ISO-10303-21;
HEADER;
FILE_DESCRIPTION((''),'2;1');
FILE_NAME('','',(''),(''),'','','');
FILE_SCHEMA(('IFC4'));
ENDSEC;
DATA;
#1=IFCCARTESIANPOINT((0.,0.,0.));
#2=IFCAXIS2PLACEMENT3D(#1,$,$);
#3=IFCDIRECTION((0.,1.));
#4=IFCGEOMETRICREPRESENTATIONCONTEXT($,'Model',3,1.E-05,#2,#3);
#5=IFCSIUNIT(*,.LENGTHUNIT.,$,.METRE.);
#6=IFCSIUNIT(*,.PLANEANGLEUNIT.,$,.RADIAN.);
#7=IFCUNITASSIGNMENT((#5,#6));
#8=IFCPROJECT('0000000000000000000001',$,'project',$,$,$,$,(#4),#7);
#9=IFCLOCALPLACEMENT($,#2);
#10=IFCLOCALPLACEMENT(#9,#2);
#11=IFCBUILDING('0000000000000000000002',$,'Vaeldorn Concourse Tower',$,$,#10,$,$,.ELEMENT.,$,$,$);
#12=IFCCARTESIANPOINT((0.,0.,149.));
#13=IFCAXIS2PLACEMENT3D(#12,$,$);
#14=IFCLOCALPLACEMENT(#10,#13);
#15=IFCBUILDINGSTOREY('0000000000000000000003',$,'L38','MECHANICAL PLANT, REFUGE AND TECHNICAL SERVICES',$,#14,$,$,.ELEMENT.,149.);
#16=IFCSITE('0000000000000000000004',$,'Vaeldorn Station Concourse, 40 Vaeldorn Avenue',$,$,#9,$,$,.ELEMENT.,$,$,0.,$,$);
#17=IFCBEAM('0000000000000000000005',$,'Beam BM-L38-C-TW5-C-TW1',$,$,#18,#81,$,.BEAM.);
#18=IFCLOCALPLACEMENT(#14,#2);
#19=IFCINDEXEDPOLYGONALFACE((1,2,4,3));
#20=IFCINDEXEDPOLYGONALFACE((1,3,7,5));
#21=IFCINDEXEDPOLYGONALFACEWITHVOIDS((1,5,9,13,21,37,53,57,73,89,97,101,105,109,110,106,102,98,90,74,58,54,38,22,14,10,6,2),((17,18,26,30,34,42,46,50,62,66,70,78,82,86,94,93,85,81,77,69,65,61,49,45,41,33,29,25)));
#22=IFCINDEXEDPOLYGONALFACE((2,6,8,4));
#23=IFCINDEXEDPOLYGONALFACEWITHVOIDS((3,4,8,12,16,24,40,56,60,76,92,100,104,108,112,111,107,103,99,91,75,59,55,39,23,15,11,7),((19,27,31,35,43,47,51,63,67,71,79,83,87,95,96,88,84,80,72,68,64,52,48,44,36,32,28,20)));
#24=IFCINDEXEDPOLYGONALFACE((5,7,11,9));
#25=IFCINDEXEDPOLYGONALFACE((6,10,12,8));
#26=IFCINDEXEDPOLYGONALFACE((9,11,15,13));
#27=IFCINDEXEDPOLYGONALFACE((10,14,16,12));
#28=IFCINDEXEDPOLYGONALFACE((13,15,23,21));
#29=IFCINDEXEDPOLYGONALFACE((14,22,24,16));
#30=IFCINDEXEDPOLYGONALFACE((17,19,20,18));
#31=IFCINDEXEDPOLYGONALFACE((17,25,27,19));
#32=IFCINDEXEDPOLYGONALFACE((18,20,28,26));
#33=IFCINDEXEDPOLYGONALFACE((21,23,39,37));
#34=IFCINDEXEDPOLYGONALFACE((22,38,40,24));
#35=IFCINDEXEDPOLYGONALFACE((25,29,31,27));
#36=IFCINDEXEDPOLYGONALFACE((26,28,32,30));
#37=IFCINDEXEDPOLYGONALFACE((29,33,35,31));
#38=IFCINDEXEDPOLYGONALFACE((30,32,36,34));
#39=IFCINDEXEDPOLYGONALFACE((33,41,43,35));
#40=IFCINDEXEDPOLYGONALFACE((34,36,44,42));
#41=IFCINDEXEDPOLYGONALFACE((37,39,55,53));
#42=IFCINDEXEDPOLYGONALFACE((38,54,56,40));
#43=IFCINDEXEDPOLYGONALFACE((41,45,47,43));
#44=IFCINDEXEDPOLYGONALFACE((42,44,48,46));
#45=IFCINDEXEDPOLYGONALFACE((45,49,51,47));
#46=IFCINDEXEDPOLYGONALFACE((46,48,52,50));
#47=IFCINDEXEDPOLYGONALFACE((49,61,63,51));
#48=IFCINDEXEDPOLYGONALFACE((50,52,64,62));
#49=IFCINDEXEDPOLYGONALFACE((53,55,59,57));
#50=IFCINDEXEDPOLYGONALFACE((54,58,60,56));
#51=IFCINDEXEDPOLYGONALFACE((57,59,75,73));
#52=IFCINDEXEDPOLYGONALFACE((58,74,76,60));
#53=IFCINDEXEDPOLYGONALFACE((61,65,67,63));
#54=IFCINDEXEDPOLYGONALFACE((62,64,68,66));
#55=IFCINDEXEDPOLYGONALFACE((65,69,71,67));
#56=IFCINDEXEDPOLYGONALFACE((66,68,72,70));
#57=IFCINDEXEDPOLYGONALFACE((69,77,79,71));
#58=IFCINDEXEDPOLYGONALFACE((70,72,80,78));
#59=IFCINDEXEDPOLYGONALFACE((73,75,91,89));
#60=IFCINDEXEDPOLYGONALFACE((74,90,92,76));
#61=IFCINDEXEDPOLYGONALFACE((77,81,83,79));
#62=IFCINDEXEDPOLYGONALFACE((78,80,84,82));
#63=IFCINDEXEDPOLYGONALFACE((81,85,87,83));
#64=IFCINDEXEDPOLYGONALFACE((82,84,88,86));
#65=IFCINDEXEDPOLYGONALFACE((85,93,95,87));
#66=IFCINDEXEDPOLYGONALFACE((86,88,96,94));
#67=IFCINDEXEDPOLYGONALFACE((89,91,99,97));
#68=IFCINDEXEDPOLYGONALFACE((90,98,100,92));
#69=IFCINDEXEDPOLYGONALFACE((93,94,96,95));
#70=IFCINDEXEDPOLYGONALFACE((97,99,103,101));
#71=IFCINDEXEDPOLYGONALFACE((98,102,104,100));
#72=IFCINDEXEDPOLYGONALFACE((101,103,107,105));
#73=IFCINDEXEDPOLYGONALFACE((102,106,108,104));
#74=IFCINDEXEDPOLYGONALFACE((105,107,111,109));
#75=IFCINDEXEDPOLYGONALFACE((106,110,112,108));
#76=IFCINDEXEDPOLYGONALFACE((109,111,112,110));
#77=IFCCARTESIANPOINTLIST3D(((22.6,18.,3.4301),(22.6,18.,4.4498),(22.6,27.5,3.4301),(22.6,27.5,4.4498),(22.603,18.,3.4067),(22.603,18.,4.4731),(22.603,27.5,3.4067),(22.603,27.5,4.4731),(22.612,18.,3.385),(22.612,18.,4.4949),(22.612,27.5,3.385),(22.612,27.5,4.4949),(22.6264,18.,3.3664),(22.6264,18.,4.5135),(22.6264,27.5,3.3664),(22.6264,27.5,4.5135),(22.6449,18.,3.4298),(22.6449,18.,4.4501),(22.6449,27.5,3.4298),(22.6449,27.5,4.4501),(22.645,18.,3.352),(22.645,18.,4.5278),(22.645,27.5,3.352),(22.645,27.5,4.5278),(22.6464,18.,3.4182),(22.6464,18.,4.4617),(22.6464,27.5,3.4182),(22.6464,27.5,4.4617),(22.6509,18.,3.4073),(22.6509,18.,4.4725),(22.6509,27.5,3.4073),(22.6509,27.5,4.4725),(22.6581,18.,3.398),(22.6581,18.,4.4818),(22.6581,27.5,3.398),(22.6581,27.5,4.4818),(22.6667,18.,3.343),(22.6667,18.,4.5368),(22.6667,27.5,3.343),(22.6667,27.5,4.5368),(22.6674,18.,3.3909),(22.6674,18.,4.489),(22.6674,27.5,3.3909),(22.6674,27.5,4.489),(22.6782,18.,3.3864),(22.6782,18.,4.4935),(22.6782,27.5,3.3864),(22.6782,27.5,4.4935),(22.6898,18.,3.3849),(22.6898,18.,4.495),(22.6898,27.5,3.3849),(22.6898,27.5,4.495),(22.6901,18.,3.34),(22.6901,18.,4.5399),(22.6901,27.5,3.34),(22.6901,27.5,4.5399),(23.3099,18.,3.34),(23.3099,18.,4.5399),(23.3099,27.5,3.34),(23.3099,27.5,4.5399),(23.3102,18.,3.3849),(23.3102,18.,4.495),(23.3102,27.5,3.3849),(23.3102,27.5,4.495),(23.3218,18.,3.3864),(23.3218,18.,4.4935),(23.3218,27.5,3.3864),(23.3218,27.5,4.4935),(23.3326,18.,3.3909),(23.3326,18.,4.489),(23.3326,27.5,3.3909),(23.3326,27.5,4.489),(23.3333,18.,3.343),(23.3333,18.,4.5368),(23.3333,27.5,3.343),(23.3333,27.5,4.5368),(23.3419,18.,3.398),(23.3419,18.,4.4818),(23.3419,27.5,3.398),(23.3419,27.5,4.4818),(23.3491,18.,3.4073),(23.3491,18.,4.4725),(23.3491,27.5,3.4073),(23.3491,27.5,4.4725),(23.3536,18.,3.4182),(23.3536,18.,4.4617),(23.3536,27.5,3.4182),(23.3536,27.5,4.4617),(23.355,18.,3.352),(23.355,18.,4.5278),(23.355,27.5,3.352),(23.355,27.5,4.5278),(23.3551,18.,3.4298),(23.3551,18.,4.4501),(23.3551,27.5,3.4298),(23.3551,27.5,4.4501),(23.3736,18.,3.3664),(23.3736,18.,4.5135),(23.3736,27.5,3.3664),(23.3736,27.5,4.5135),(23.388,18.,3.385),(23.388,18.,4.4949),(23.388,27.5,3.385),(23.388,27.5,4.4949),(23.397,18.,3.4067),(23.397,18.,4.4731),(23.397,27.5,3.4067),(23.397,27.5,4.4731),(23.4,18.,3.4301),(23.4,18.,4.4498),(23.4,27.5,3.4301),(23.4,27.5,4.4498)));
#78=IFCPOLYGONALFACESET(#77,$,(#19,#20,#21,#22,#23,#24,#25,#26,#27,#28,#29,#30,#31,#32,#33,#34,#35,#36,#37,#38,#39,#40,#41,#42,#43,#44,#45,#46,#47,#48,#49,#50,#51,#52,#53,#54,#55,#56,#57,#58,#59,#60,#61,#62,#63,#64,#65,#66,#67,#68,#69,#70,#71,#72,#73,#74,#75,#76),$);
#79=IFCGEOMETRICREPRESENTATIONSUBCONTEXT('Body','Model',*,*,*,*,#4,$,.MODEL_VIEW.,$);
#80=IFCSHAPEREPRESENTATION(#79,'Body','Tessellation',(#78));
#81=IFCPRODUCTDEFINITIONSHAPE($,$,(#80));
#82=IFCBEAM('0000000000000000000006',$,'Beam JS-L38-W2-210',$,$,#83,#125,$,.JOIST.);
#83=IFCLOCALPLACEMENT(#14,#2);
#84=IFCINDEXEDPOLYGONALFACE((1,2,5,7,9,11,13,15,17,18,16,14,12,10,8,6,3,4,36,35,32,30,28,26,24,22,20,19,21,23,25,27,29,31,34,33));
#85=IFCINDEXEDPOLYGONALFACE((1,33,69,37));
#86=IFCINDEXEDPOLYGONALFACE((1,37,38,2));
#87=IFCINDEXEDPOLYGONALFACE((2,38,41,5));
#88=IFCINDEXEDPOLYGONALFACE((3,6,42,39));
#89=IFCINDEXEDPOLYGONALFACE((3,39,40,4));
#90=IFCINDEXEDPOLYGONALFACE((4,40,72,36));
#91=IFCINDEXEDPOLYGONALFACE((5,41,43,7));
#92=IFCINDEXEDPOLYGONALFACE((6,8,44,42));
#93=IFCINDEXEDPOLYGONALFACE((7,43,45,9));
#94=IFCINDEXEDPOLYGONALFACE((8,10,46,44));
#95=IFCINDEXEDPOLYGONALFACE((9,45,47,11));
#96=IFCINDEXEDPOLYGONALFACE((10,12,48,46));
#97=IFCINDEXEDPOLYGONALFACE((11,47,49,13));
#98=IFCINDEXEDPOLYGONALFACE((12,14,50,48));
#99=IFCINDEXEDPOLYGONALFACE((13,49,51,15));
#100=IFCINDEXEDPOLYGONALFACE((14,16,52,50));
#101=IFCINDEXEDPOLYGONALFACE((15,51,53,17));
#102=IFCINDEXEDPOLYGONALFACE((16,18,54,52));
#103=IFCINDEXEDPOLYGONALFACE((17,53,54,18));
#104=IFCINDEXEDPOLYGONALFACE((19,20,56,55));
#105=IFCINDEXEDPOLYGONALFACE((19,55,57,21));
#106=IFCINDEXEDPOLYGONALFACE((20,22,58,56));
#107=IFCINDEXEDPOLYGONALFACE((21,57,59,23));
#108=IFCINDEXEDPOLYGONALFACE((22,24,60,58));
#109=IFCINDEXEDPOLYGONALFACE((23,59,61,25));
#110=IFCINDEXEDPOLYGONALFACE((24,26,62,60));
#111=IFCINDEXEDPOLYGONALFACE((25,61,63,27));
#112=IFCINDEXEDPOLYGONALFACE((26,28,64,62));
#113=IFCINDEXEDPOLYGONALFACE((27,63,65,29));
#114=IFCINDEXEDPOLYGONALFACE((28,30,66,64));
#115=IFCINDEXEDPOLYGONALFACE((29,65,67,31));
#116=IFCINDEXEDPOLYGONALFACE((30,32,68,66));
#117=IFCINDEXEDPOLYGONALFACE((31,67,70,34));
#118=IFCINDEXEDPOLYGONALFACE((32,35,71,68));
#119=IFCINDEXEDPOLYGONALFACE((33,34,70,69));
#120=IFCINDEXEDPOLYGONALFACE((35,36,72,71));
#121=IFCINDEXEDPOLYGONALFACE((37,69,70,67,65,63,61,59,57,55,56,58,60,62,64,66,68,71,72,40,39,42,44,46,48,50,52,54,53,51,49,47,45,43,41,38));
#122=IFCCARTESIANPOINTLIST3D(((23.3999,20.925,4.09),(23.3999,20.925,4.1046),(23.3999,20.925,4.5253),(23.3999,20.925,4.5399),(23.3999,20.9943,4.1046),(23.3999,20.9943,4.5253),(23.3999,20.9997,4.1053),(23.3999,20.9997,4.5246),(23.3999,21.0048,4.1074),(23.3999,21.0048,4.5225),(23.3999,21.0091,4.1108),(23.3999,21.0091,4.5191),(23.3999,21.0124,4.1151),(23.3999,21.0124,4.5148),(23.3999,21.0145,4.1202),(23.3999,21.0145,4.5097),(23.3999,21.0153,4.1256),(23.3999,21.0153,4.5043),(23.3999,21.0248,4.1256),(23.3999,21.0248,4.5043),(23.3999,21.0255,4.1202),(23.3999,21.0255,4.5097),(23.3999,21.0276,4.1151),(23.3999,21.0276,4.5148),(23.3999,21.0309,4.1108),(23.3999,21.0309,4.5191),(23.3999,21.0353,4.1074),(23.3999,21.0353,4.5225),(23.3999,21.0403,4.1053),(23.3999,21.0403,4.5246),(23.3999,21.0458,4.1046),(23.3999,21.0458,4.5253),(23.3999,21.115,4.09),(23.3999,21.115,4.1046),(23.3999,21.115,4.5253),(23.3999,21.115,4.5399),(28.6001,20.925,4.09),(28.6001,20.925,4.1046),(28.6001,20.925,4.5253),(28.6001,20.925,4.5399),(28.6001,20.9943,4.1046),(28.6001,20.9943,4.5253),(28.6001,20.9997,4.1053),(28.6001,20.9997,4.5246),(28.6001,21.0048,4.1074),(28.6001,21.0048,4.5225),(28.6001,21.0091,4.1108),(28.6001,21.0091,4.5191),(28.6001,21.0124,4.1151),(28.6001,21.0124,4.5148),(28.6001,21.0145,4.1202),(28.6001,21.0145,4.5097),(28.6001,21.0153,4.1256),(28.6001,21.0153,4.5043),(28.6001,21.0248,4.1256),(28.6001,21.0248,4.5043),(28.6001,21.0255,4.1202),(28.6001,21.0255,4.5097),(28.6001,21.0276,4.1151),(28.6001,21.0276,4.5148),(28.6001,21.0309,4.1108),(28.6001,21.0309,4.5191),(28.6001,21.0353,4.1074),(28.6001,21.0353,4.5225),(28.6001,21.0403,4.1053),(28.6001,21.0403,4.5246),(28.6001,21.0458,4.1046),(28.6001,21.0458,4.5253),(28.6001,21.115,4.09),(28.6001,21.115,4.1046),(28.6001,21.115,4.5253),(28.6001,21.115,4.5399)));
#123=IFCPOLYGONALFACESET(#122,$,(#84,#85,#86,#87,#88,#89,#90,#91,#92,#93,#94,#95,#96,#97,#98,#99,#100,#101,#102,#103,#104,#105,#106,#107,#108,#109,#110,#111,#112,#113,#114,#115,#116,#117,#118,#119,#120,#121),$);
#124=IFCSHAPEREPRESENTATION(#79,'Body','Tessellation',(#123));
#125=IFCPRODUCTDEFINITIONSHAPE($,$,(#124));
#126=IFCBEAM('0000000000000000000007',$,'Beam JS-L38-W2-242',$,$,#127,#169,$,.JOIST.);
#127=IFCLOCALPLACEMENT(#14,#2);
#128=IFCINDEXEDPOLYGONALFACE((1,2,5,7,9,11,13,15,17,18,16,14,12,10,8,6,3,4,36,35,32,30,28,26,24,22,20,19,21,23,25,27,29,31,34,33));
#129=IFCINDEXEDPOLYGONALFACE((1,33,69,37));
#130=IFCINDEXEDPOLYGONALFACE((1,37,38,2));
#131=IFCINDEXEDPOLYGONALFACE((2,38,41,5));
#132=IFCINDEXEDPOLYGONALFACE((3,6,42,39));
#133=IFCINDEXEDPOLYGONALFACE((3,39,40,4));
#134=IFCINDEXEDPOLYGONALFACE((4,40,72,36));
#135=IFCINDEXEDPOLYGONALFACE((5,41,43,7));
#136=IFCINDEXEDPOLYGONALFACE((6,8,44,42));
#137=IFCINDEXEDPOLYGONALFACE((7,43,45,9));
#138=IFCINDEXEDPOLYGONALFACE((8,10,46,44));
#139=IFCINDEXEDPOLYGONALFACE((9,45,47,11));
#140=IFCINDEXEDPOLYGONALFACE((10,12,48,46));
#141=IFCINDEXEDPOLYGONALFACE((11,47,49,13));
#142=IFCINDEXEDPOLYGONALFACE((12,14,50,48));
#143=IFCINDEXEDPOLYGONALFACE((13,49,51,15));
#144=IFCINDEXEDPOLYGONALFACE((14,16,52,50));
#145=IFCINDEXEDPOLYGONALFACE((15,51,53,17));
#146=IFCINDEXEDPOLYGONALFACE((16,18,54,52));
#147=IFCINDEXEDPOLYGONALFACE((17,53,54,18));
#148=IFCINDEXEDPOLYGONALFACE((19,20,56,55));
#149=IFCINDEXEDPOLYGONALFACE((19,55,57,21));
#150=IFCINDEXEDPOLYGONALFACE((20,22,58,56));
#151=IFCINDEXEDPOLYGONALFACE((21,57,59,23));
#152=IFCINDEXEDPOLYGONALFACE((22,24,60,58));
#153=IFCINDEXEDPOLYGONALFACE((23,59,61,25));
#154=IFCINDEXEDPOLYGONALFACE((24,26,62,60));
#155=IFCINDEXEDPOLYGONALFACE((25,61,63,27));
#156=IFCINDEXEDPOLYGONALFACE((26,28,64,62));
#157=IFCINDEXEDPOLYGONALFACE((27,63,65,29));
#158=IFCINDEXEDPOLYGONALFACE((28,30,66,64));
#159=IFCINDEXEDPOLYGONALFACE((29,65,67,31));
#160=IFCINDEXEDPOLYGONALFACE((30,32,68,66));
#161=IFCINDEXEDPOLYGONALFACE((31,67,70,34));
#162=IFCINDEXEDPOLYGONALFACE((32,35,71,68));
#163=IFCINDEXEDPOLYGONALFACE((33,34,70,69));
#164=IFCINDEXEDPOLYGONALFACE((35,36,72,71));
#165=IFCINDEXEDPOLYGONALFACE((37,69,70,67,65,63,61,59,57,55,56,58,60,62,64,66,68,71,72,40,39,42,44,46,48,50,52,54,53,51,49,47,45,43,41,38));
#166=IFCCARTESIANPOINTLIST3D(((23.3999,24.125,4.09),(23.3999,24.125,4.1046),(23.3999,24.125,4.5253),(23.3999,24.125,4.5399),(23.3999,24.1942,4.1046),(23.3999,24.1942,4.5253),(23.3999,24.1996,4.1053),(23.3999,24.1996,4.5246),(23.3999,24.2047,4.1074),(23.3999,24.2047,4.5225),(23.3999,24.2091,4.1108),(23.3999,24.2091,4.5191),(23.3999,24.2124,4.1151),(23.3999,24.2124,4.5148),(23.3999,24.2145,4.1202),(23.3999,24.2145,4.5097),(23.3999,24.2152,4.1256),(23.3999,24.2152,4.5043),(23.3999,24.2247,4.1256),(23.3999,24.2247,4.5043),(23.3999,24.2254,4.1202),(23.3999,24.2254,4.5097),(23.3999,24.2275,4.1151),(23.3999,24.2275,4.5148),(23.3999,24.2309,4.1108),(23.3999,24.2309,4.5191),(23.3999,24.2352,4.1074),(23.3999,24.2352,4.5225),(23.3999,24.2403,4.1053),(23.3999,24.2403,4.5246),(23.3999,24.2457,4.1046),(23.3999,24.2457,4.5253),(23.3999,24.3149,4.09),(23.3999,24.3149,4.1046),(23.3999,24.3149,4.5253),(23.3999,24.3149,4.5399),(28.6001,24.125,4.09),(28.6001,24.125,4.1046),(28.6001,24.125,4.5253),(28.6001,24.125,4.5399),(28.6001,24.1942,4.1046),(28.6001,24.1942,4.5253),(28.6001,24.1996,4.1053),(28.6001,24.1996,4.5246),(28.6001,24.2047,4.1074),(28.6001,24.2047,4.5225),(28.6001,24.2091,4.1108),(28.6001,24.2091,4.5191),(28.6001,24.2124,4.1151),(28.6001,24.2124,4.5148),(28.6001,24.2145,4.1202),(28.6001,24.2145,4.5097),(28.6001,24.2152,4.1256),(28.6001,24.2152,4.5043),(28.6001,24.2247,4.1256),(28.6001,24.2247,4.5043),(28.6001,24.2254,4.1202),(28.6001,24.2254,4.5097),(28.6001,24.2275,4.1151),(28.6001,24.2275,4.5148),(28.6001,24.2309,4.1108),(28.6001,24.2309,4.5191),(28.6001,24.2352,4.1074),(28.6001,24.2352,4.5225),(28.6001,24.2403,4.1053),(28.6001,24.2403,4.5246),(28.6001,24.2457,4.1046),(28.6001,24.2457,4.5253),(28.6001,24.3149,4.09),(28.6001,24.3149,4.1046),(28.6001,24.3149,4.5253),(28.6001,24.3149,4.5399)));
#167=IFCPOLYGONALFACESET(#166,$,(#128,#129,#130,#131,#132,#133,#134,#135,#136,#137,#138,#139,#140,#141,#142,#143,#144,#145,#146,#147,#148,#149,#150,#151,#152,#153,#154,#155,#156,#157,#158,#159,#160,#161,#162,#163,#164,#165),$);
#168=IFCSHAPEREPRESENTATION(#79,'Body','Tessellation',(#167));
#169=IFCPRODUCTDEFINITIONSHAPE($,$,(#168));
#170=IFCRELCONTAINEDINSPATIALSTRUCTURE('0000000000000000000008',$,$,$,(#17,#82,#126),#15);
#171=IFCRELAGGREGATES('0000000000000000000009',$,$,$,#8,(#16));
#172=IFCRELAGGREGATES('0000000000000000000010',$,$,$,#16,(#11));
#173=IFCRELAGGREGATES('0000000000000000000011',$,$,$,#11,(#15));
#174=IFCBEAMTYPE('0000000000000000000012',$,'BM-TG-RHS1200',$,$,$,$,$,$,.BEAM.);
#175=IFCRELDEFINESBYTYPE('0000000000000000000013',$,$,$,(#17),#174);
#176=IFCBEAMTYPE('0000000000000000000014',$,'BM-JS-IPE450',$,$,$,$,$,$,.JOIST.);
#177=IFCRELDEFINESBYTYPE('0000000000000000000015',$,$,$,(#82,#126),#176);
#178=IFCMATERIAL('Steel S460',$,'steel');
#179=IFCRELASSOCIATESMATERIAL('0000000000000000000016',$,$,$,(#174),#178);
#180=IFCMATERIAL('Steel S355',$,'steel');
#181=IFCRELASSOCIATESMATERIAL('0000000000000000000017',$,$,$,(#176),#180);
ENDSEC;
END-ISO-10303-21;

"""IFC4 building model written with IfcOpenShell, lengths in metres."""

from ifc_helpers import new_model, si_unit, direction, frame, origin, origin_2d, place, context, subcontext, project, spatial, hollow_rectangle, i_section, extrude, source, transform, mapped, material, material_profile, profile_set, type_object, element, save


model = new_model("IFC4")

# Units and contexts
model_context = context("Model", 3, precision=1e-05, world=origin(), true_north=direction((0.0, 1.0)))
body_context = subcontext(model_context, "Body", "Model", "MODEL_VIEW")
ifc_project = project(units=[si_unit("LENGTHUNIT", "METRE"), si_unit("PLANEANGLEUNIT", "RADIAN")], contexts=[model_context])

# Site, building, storey
site_placement = place(None, origin())
site = spatial("IfcSite", under=ifc_project, at=site_placement, Name="Vaeldorn Station Concourse, 40 Vaeldorn Avenue", CompositionType="ELEMENT", RefElevation=0.0)
building_placement = place(site_placement, origin())
building = spatial("IfcBuilding", under=site, at=building_placement, Name="Vaeldorn Concourse Tower", CompositionType="ELEMENT")
storey_placement = place(building_placement, frame((0.0, 0.0, 149.0)))
storey = spatial("IfcBuildingStorey", under=building, at=storey_placement, Name="L38", Description="MECHANICAL PLANT, REFUGE AND TECHNICAL SERVICES", CompositionType="ELEMENT", Elevation=149.0)

# Shared definitions
ifc_material_1 = material(Name="Steel S460", Category="steel")

# Beams
ifc_material_profile_1 = material_profile(ifc_material_1, hollow_rectangle(XDim=0.8, YDim=1.2, WallThickness=0.0449, InnerFilletRadius=0.0449, OuterFilletRadius=0.0901, at=origin_2d()), Name="RHS 1200x800x45")
ifc_profile_set_1 = profile_set([ifc_material_profile_1], Name="Steel S460")
beam_type_1 = type_object("IfcBeamType", Name="BM-TG-RHS1200", PredefinedType="BEAM", material=ifc_profile_set_1)
shared_shape_1 = source(origin(), body_context, "Body", "SweptSolid", [
    extrude(hollow_rectangle(XDim=0.8, YDim=1.2, WallThickness=0.0449, InnerFilletRadius=0.0449, OuterFilletRadius=0.0901, at=origin_2d()), origin(), (0.0, 0.0, 1.0), 9.5),
])
beam_1_placement = place(storey_placement, frame((23.0, 18.0, 3.9399), z_axis=(0.0, 1.0, 0.0), x_axis=(-1.0, 0.0, 0.0)))
element("IfcBeam", 1, at=beam_1_placement, inside=storey, type_object=beam_type_1, Name="Beam BM-L38-C-TW5-C-TW1", PredefinedType="BEAM", context=body_context, shape_type="MappedRepresentation", body=[
    mapped(shared_shape_1, transform((0.0, 0.0, 0.0), scale=1.0)),
])
ifc_material_2 = material(Name="Steel S355", Category="steel")
ifc_material_profile_2 = material_profile(ifc_material_2, i_section(OverallWidth=0.1899, OverallDepth=0.45, WebThickness=0.0095, FlangeThickness=0.0146, FilletRadius=0.021, at=origin_2d()), Name="IPE 450")
ifc_profile_set_2 = profile_set([ifc_material_profile_2], Name="Steel S355")
beam_type_2 = type_object("IfcBeamType", Name="BM-JS-IPE450", PredefinedType="JOIST", material=ifc_profile_set_2)
shared_shape_2 = source(origin(), body_context, "Body", "SweptSolid", [
    extrude(i_section(OverallWidth=0.1899, OverallDepth=0.45, WebThickness=0.0095, FlangeThickness=0.0146, FilletRadius=0.021, at=origin_2d()), origin(), (0.0, 0.0, 1.0), 5.2002),
])
for number, where, z_axis, x_axis, name in (
    (2, (23.3999, 21.02, 4.3149), (1.0, 0.0, 0.0), (0.0, 1.0, 0.0), "Beam JS-L38-W2-210"),
    (3, (23.3999, 24.22, 4.3149), (1.0, 0.0, 0.0), (0.0, 1.0, 0.0), "Beam JS-L38-W2-242"),
):
    element("IfcBeam", number, at=place(storey_placement, frame(where, z_axis=z_axis, x_axis=x_axis)), inside=storey, type_object=beam_type_2, Name=name, PredefinedType="JOIST", context=body_context, shape_type="MappedRepresentation", body=[
        mapped(shared_shape_2, transform((0.0, 0.0, 0.0), scale=1.0)),
    ])

save(model, "model.ifc")
